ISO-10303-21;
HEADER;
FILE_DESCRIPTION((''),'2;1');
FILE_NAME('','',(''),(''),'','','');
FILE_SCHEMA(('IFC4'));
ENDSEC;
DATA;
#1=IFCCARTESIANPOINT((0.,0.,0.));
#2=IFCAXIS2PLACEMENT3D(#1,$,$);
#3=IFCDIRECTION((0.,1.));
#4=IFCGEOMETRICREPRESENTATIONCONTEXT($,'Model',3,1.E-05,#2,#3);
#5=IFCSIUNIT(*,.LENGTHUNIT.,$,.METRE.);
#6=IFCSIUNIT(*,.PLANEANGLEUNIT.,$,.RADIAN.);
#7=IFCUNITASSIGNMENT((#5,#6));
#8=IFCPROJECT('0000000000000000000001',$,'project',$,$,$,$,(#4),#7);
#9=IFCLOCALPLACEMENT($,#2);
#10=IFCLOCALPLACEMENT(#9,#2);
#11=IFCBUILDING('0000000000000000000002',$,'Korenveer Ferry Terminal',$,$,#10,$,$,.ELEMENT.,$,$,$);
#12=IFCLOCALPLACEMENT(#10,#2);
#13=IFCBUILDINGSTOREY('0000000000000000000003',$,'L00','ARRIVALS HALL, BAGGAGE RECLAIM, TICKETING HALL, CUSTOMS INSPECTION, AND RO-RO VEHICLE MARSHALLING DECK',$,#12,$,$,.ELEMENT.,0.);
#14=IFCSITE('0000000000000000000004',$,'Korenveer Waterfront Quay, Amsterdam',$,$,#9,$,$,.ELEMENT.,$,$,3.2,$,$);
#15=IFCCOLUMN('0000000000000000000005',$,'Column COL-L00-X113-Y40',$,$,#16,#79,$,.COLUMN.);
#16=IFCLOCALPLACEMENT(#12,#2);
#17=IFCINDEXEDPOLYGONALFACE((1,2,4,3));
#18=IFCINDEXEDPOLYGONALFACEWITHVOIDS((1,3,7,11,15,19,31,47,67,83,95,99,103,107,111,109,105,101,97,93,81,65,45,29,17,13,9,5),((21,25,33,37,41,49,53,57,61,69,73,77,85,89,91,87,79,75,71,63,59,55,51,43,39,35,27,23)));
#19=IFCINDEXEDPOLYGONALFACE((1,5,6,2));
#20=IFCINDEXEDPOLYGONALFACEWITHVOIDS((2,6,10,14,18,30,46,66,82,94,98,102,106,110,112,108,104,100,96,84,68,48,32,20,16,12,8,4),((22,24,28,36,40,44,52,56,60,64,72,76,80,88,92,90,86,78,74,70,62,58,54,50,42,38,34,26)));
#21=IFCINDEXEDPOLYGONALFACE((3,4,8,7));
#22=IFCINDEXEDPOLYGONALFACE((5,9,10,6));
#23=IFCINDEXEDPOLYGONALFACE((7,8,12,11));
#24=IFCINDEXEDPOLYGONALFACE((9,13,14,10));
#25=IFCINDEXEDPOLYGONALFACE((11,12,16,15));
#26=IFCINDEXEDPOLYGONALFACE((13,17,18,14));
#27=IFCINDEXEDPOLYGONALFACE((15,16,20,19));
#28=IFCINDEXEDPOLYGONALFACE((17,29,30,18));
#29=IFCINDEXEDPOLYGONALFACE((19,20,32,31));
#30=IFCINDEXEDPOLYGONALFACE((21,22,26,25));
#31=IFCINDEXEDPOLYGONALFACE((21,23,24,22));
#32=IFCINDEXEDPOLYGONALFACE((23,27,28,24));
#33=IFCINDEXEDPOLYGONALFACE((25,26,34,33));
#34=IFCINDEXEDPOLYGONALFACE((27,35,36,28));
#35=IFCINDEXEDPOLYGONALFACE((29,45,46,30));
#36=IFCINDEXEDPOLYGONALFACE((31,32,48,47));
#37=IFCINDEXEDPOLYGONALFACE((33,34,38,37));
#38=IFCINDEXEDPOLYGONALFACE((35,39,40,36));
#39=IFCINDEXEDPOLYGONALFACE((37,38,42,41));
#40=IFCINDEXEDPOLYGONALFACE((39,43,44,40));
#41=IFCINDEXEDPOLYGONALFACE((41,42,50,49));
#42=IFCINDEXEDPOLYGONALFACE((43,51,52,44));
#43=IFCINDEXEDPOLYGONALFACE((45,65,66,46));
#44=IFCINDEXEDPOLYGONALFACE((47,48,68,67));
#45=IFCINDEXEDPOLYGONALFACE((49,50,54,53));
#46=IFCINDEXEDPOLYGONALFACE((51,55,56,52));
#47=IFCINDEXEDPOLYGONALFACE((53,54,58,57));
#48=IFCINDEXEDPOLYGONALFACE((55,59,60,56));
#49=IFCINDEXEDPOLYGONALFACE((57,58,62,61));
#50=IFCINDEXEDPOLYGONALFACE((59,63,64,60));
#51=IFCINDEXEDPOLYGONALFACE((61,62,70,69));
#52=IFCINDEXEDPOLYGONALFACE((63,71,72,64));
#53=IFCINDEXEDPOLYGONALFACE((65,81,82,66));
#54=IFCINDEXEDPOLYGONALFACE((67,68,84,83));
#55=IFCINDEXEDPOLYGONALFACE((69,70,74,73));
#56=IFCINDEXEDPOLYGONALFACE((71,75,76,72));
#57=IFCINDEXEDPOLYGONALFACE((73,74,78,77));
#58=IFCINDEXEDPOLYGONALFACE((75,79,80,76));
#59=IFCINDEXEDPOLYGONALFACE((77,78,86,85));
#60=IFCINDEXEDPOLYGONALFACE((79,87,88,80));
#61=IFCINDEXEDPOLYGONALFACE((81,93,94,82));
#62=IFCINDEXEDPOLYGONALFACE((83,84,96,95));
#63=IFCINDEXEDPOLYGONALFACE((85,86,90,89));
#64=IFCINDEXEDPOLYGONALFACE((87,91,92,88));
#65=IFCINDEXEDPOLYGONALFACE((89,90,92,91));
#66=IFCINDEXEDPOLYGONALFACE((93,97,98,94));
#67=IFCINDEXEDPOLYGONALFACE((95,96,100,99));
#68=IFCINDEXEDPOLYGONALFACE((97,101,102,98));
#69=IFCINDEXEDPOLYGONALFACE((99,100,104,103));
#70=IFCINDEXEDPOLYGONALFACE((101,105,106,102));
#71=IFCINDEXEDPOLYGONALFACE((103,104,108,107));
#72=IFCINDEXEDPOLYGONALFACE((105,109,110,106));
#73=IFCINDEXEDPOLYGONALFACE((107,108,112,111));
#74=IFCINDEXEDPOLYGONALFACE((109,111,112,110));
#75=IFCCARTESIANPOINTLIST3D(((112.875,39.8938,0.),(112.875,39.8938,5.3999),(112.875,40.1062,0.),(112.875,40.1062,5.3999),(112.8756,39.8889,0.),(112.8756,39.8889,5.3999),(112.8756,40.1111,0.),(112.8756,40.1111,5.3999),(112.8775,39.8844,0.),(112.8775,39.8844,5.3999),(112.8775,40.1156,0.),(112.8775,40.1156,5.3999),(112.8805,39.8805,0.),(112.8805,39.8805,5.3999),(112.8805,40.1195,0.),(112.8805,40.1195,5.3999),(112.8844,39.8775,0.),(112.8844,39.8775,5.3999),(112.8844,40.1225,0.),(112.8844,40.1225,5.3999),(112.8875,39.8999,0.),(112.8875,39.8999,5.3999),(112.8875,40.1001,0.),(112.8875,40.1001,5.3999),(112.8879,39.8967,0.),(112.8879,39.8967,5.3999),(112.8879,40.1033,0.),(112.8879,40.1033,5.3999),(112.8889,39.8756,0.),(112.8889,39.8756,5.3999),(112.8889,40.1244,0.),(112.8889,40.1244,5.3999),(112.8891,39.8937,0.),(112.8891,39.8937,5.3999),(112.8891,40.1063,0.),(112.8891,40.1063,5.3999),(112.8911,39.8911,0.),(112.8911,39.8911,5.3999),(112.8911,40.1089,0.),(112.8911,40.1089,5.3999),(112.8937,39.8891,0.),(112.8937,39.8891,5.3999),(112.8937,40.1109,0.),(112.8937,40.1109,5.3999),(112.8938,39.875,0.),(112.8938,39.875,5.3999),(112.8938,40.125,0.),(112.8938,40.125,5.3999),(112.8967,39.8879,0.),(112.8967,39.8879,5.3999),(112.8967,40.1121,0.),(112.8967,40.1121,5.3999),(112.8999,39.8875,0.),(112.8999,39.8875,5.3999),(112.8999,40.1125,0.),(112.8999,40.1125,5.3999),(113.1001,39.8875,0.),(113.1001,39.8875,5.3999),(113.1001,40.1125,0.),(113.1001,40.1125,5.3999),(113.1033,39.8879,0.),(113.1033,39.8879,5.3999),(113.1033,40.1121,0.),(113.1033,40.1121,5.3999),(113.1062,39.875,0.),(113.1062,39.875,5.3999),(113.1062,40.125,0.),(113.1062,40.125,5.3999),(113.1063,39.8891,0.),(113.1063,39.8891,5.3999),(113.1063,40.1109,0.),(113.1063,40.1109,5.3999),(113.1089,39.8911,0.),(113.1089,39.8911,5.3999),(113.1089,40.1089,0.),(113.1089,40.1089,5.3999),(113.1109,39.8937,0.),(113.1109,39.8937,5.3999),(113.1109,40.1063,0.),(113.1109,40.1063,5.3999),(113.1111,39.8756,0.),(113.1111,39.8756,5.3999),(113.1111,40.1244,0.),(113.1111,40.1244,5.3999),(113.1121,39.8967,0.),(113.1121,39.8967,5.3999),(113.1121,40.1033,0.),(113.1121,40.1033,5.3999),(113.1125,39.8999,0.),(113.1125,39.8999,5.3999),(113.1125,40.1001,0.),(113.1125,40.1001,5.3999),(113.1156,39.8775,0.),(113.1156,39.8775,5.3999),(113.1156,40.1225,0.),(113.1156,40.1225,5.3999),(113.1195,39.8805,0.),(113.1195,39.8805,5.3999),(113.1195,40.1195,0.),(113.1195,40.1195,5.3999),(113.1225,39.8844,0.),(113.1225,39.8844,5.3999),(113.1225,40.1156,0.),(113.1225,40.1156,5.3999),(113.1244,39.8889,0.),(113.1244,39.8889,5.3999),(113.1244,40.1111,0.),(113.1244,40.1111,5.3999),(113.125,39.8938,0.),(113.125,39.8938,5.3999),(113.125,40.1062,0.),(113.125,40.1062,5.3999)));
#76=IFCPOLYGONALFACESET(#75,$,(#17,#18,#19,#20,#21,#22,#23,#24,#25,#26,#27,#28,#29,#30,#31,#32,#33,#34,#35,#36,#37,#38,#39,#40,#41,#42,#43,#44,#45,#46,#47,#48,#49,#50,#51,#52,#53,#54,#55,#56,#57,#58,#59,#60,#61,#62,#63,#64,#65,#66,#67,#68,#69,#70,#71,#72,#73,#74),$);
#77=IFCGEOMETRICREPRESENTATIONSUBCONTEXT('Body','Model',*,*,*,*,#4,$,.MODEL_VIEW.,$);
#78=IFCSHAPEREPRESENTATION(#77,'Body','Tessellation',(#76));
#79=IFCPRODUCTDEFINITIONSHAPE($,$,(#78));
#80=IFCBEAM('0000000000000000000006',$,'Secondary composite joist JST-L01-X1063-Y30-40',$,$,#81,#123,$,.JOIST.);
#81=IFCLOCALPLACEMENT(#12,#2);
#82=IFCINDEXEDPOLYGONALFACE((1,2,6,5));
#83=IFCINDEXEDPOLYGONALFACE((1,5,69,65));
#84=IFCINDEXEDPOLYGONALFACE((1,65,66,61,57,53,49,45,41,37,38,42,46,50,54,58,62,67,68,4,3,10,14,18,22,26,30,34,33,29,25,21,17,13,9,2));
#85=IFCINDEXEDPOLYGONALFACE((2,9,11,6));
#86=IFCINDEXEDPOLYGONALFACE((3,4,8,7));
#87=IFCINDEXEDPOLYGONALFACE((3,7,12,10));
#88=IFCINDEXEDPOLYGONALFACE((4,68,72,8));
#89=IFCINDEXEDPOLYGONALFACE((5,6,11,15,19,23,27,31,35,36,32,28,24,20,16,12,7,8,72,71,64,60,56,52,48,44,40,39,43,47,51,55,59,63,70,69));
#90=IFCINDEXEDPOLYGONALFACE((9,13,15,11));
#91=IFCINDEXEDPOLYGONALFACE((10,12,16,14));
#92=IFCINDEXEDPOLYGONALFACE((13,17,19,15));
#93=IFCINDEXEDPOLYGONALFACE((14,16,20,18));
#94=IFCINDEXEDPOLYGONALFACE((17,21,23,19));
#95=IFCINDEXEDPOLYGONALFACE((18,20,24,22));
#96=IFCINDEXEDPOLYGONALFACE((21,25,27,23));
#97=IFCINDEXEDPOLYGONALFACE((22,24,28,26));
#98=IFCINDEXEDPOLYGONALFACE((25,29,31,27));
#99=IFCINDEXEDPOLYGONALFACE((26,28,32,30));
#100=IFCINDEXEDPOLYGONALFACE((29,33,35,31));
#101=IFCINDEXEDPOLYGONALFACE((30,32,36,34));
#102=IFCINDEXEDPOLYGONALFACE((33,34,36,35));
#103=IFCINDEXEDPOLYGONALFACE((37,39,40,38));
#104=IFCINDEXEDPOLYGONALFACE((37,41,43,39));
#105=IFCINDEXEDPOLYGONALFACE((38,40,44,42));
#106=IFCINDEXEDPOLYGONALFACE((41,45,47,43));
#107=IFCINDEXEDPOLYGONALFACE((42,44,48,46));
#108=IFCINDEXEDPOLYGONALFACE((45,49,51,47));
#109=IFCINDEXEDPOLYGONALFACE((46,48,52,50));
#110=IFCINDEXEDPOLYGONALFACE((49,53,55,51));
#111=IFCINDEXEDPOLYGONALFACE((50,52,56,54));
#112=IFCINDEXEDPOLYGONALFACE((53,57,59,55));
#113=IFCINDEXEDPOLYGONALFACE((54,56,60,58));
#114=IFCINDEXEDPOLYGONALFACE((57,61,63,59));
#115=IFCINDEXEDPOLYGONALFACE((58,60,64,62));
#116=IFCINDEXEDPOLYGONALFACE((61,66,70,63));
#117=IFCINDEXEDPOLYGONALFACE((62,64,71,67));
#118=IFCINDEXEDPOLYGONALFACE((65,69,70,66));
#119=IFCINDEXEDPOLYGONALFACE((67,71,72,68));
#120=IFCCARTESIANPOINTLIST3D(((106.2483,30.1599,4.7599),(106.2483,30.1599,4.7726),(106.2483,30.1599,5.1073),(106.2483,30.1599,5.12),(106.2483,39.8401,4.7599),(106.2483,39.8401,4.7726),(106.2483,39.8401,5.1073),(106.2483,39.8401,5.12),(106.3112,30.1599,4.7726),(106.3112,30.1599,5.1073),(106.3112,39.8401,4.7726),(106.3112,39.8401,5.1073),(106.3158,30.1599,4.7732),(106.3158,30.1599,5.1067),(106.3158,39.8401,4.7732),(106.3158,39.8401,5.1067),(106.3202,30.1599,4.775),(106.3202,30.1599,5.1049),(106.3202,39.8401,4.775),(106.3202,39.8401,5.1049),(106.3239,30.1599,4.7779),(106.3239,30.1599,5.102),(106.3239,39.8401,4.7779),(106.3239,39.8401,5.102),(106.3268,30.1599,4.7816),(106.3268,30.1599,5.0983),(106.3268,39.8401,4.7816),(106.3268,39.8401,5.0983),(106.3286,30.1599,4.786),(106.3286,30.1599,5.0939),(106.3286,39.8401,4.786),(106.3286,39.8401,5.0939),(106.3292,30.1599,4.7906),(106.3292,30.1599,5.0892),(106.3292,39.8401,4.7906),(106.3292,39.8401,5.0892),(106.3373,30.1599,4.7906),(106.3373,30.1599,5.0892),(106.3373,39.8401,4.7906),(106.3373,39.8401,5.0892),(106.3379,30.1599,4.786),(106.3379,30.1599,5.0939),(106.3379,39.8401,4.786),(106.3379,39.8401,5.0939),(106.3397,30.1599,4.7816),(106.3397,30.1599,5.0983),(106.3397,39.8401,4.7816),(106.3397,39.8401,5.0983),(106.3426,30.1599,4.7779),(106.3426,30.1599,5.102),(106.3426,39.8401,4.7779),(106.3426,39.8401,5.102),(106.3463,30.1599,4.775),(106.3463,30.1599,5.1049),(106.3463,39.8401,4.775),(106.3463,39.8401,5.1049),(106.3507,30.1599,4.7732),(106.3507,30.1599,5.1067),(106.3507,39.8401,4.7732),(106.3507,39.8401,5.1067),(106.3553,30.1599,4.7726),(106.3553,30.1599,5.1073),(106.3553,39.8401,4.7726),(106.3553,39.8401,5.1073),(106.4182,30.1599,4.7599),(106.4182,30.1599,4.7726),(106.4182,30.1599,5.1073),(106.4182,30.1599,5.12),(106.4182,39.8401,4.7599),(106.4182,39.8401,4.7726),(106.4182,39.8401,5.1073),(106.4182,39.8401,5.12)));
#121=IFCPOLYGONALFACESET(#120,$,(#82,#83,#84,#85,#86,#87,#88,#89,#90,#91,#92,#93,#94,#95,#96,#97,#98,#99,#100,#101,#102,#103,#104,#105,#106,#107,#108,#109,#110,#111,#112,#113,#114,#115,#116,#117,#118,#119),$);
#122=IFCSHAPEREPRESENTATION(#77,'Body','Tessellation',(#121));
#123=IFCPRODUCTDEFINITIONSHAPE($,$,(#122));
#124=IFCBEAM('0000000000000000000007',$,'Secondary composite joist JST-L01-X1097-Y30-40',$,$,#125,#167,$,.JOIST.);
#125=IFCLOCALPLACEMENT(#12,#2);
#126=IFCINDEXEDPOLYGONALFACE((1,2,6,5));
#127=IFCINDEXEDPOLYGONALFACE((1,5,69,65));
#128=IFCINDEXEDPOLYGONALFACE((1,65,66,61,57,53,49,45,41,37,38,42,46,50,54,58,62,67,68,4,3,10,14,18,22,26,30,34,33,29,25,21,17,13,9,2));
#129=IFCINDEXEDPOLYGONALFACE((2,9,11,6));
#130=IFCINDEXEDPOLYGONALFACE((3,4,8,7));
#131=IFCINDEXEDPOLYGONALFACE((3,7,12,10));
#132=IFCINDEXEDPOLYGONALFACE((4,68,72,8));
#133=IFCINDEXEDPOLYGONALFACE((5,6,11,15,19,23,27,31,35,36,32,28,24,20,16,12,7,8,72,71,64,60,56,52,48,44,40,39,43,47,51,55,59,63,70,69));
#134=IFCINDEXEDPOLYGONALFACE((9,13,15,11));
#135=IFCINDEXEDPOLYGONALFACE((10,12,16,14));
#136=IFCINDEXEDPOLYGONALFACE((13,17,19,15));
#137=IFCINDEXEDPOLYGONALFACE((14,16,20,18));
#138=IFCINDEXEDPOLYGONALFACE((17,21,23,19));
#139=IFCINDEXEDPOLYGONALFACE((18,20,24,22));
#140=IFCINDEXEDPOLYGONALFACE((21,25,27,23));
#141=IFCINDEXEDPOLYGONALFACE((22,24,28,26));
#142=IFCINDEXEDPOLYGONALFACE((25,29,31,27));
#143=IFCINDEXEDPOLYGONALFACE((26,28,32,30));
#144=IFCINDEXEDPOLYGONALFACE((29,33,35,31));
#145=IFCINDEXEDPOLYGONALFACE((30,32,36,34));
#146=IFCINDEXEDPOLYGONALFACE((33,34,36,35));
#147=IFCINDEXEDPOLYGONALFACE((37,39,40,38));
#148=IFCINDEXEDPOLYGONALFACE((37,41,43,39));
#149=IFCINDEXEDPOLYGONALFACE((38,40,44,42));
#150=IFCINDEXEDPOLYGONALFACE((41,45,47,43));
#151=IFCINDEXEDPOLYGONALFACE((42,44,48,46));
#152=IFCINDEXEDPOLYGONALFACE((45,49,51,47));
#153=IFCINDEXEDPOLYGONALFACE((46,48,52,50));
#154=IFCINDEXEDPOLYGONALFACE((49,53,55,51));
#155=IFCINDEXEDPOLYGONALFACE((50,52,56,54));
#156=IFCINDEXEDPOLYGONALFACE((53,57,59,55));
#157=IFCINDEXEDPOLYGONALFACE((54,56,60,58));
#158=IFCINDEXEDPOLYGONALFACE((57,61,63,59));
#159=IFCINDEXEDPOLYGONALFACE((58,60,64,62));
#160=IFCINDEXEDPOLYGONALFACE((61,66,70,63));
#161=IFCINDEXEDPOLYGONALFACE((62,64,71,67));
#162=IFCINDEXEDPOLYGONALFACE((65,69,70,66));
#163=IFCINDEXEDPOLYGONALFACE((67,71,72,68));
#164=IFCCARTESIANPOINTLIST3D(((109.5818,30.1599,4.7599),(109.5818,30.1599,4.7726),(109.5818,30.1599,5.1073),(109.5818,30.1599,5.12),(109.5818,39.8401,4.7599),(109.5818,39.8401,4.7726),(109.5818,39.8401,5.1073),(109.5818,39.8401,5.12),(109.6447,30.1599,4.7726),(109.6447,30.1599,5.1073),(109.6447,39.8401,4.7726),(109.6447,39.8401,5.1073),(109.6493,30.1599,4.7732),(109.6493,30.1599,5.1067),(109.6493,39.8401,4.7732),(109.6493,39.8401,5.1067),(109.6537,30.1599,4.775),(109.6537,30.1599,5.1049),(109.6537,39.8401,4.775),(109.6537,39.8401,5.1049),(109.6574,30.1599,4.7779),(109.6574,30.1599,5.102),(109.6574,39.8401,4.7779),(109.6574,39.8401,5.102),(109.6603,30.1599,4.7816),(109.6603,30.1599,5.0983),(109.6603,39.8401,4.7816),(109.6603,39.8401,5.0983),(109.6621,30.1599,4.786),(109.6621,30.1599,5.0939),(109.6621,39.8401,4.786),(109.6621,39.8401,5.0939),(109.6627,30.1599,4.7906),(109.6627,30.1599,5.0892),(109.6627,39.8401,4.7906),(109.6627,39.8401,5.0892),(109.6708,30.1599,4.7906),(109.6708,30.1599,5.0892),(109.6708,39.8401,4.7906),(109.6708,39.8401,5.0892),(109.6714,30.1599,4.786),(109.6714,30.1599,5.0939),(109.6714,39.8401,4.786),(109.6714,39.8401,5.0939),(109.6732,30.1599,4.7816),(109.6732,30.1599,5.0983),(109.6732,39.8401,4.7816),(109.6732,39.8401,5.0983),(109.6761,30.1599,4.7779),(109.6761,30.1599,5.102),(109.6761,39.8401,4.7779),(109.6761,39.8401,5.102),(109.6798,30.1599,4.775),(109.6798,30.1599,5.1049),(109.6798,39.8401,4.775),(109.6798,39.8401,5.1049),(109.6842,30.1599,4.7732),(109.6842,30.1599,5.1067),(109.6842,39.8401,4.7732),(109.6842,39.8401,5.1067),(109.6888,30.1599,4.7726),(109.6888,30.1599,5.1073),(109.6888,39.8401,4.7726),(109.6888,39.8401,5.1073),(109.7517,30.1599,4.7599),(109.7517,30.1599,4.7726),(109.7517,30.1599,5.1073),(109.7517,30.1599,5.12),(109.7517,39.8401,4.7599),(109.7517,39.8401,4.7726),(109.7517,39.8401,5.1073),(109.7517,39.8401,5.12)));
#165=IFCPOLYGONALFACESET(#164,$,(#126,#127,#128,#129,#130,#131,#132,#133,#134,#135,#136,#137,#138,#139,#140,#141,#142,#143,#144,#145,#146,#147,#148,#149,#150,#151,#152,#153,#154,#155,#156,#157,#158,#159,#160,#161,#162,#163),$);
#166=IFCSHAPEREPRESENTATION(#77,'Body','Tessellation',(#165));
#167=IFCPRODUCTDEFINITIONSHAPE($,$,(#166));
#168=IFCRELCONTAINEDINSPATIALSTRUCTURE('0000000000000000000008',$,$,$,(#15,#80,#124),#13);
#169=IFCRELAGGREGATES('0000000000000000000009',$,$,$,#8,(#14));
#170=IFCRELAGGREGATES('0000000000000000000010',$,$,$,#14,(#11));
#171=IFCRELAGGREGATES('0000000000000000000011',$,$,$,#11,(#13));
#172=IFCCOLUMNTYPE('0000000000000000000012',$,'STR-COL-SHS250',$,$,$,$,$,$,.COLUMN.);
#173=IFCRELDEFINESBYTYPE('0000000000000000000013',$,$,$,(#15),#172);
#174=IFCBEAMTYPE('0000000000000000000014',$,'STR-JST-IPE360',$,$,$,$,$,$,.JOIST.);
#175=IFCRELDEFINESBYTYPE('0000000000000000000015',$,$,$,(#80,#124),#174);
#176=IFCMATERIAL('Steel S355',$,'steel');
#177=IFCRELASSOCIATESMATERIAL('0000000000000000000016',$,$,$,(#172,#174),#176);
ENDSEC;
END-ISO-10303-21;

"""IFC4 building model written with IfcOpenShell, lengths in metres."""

from ifc_helpers import new_model, si_unit, direction, frame, origin, origin_2d, place, context, subcontext, project, spatial, hollow_rectangle, i_section, extrude, material, material_profile, profile_set, type_object, element, save


model = new_model("IFC4")

# Units and contexts
model_context = context("Model", 3, precision=1e-05, world=origin(), true_north=direction((0.0, 1.0)))
body_context = subcontext(model_context, "Body", "Model", "MODEL_VIEW")
ifc_project = project(units=[si_unit("LENGTHUNIT", "METRE"), si_unit("PLANEANGLEUNIT", "RADIAN")], contexts=[model_context])

# Site, building, storey
site_placement = place(None, origin())
site = spatial("IfcSite", under=ifc_project, at=site_placement, Name="Korenveer Waterfront Quay, Amsterdam", CompositionType="ELEMENT", RefElevation=3.2)
building_placement = place(site_placement, origin())
building = spatial("IfcBuilding", under=site, at=building_placement, Name="Korenveer Ferry Terminal", CompositionType="ELEMENT")
storey_placement = place(building_placement, origin())
storey = spatial("IfcBuildingStorey", under=building, at=storey_placement, Name="L00", Description="ARRIVALS HALL, BAGGAGE RECLAIM, TICKETING HALL, CUSTOMS INSPECTION, AND RO-RO VEHICLE MARSHALLING DECK", CompositionType="ELEMENT", Elevation=0.0)

# Column
ifc_material_1 = material(Name="Steel S355", Category="steel")
ifc_material_profile_1 = material_profile(ifc_material_1, hollow_rectangle(XDim=0.25, YDim=0.25, WallThickness=0.0125, InnerFilletRadius=0.0125, OuterFilletRadius=0.0188, at=origin_2d()), Name="SHS 250x250x12.5")
ifc_profile_set_1 = profile_set([ifc_material_profile_1], Name="Steel S355")
column_type = type_object("IfcColumnType", Name="STR-COL-SHS250", PredefinedType="COLUMN", material=ifc_profile_set_1)
column_placement = place(storey_placement, frame((113.0, 40.0, 0.0), z_axis=(0.0, 0.0, 1.0), x_axis=(1.0, 0.0, 0.0)))
element("IfcColumn", 1, at=column_placement, inside=storey, type_object=column_type, Name="Column COL-L00-X113-Y40", PredefinedType="COLUMN", context=body_context, shape_type="SweptSolid", body=[
    extrude(hollow_rectangle(XDim=0.25, YDim=0.25, WallThickness=0.0125, InnerFilletRadius=0.0125, OuterFilletRadius=0.0188, at=origin_2d()), origin(), (0.0, 0.0, 1.0), 5.3999),
])

# Beams
ifc_material_profile_2 = material_profile(ifc_material_1, i_section(OverallWidth=0.1699, OverallDepth=0.3601, WebThickness=0.0081, FlangeThickness=0.0127, FilletRadius=0.0181, at=origin_2d()), Name="IPE 360")
ifc_profile_set_2 = profile_set([ifc_material_profile_2], Name="Steel S355")
beam_type = type_object("IfcBeamType", Name="STR-JST-IPE360", PredefinedType="JOIST", material=ifc_profile_set_2)
for number, where, z_axis, x_axis, name in (
    (2, (106.3333, 30.1599, 4.9399), (0.0, 1.0, 0.0), (-1.0, 0.0, 0.0), "Secondary composite joist JST-L01-X1063-Y30-40"),
    (3, (109.6667, 30.1599, 4.9399), (0.0, 1.0, 0.0), (-1.0, 0.0, 0.0), "Secondary composite joist JST-L01-X1097-Y30-40"),
):
    element("IfcBeam", number, at=place(storey_placement, frame(where, z_axis=z_axis, x_axis=x_axis)), inside=storey, type_object=beam_type, Name=name, PredefinedType="JOIST", context=body_context, shape_type="SweptSolid", body=[
        extrude(i_section(OverallWidth=0.1699, OverallDepth=0.3601, WebThickness=0.0081, FlangeThickness=0.0127, FilletRadius=0.0181, at=origin_2d()), origin(), (0.0, 0.0, 1.0), 9.6802),
    ])

save(model, "model.ifc")
